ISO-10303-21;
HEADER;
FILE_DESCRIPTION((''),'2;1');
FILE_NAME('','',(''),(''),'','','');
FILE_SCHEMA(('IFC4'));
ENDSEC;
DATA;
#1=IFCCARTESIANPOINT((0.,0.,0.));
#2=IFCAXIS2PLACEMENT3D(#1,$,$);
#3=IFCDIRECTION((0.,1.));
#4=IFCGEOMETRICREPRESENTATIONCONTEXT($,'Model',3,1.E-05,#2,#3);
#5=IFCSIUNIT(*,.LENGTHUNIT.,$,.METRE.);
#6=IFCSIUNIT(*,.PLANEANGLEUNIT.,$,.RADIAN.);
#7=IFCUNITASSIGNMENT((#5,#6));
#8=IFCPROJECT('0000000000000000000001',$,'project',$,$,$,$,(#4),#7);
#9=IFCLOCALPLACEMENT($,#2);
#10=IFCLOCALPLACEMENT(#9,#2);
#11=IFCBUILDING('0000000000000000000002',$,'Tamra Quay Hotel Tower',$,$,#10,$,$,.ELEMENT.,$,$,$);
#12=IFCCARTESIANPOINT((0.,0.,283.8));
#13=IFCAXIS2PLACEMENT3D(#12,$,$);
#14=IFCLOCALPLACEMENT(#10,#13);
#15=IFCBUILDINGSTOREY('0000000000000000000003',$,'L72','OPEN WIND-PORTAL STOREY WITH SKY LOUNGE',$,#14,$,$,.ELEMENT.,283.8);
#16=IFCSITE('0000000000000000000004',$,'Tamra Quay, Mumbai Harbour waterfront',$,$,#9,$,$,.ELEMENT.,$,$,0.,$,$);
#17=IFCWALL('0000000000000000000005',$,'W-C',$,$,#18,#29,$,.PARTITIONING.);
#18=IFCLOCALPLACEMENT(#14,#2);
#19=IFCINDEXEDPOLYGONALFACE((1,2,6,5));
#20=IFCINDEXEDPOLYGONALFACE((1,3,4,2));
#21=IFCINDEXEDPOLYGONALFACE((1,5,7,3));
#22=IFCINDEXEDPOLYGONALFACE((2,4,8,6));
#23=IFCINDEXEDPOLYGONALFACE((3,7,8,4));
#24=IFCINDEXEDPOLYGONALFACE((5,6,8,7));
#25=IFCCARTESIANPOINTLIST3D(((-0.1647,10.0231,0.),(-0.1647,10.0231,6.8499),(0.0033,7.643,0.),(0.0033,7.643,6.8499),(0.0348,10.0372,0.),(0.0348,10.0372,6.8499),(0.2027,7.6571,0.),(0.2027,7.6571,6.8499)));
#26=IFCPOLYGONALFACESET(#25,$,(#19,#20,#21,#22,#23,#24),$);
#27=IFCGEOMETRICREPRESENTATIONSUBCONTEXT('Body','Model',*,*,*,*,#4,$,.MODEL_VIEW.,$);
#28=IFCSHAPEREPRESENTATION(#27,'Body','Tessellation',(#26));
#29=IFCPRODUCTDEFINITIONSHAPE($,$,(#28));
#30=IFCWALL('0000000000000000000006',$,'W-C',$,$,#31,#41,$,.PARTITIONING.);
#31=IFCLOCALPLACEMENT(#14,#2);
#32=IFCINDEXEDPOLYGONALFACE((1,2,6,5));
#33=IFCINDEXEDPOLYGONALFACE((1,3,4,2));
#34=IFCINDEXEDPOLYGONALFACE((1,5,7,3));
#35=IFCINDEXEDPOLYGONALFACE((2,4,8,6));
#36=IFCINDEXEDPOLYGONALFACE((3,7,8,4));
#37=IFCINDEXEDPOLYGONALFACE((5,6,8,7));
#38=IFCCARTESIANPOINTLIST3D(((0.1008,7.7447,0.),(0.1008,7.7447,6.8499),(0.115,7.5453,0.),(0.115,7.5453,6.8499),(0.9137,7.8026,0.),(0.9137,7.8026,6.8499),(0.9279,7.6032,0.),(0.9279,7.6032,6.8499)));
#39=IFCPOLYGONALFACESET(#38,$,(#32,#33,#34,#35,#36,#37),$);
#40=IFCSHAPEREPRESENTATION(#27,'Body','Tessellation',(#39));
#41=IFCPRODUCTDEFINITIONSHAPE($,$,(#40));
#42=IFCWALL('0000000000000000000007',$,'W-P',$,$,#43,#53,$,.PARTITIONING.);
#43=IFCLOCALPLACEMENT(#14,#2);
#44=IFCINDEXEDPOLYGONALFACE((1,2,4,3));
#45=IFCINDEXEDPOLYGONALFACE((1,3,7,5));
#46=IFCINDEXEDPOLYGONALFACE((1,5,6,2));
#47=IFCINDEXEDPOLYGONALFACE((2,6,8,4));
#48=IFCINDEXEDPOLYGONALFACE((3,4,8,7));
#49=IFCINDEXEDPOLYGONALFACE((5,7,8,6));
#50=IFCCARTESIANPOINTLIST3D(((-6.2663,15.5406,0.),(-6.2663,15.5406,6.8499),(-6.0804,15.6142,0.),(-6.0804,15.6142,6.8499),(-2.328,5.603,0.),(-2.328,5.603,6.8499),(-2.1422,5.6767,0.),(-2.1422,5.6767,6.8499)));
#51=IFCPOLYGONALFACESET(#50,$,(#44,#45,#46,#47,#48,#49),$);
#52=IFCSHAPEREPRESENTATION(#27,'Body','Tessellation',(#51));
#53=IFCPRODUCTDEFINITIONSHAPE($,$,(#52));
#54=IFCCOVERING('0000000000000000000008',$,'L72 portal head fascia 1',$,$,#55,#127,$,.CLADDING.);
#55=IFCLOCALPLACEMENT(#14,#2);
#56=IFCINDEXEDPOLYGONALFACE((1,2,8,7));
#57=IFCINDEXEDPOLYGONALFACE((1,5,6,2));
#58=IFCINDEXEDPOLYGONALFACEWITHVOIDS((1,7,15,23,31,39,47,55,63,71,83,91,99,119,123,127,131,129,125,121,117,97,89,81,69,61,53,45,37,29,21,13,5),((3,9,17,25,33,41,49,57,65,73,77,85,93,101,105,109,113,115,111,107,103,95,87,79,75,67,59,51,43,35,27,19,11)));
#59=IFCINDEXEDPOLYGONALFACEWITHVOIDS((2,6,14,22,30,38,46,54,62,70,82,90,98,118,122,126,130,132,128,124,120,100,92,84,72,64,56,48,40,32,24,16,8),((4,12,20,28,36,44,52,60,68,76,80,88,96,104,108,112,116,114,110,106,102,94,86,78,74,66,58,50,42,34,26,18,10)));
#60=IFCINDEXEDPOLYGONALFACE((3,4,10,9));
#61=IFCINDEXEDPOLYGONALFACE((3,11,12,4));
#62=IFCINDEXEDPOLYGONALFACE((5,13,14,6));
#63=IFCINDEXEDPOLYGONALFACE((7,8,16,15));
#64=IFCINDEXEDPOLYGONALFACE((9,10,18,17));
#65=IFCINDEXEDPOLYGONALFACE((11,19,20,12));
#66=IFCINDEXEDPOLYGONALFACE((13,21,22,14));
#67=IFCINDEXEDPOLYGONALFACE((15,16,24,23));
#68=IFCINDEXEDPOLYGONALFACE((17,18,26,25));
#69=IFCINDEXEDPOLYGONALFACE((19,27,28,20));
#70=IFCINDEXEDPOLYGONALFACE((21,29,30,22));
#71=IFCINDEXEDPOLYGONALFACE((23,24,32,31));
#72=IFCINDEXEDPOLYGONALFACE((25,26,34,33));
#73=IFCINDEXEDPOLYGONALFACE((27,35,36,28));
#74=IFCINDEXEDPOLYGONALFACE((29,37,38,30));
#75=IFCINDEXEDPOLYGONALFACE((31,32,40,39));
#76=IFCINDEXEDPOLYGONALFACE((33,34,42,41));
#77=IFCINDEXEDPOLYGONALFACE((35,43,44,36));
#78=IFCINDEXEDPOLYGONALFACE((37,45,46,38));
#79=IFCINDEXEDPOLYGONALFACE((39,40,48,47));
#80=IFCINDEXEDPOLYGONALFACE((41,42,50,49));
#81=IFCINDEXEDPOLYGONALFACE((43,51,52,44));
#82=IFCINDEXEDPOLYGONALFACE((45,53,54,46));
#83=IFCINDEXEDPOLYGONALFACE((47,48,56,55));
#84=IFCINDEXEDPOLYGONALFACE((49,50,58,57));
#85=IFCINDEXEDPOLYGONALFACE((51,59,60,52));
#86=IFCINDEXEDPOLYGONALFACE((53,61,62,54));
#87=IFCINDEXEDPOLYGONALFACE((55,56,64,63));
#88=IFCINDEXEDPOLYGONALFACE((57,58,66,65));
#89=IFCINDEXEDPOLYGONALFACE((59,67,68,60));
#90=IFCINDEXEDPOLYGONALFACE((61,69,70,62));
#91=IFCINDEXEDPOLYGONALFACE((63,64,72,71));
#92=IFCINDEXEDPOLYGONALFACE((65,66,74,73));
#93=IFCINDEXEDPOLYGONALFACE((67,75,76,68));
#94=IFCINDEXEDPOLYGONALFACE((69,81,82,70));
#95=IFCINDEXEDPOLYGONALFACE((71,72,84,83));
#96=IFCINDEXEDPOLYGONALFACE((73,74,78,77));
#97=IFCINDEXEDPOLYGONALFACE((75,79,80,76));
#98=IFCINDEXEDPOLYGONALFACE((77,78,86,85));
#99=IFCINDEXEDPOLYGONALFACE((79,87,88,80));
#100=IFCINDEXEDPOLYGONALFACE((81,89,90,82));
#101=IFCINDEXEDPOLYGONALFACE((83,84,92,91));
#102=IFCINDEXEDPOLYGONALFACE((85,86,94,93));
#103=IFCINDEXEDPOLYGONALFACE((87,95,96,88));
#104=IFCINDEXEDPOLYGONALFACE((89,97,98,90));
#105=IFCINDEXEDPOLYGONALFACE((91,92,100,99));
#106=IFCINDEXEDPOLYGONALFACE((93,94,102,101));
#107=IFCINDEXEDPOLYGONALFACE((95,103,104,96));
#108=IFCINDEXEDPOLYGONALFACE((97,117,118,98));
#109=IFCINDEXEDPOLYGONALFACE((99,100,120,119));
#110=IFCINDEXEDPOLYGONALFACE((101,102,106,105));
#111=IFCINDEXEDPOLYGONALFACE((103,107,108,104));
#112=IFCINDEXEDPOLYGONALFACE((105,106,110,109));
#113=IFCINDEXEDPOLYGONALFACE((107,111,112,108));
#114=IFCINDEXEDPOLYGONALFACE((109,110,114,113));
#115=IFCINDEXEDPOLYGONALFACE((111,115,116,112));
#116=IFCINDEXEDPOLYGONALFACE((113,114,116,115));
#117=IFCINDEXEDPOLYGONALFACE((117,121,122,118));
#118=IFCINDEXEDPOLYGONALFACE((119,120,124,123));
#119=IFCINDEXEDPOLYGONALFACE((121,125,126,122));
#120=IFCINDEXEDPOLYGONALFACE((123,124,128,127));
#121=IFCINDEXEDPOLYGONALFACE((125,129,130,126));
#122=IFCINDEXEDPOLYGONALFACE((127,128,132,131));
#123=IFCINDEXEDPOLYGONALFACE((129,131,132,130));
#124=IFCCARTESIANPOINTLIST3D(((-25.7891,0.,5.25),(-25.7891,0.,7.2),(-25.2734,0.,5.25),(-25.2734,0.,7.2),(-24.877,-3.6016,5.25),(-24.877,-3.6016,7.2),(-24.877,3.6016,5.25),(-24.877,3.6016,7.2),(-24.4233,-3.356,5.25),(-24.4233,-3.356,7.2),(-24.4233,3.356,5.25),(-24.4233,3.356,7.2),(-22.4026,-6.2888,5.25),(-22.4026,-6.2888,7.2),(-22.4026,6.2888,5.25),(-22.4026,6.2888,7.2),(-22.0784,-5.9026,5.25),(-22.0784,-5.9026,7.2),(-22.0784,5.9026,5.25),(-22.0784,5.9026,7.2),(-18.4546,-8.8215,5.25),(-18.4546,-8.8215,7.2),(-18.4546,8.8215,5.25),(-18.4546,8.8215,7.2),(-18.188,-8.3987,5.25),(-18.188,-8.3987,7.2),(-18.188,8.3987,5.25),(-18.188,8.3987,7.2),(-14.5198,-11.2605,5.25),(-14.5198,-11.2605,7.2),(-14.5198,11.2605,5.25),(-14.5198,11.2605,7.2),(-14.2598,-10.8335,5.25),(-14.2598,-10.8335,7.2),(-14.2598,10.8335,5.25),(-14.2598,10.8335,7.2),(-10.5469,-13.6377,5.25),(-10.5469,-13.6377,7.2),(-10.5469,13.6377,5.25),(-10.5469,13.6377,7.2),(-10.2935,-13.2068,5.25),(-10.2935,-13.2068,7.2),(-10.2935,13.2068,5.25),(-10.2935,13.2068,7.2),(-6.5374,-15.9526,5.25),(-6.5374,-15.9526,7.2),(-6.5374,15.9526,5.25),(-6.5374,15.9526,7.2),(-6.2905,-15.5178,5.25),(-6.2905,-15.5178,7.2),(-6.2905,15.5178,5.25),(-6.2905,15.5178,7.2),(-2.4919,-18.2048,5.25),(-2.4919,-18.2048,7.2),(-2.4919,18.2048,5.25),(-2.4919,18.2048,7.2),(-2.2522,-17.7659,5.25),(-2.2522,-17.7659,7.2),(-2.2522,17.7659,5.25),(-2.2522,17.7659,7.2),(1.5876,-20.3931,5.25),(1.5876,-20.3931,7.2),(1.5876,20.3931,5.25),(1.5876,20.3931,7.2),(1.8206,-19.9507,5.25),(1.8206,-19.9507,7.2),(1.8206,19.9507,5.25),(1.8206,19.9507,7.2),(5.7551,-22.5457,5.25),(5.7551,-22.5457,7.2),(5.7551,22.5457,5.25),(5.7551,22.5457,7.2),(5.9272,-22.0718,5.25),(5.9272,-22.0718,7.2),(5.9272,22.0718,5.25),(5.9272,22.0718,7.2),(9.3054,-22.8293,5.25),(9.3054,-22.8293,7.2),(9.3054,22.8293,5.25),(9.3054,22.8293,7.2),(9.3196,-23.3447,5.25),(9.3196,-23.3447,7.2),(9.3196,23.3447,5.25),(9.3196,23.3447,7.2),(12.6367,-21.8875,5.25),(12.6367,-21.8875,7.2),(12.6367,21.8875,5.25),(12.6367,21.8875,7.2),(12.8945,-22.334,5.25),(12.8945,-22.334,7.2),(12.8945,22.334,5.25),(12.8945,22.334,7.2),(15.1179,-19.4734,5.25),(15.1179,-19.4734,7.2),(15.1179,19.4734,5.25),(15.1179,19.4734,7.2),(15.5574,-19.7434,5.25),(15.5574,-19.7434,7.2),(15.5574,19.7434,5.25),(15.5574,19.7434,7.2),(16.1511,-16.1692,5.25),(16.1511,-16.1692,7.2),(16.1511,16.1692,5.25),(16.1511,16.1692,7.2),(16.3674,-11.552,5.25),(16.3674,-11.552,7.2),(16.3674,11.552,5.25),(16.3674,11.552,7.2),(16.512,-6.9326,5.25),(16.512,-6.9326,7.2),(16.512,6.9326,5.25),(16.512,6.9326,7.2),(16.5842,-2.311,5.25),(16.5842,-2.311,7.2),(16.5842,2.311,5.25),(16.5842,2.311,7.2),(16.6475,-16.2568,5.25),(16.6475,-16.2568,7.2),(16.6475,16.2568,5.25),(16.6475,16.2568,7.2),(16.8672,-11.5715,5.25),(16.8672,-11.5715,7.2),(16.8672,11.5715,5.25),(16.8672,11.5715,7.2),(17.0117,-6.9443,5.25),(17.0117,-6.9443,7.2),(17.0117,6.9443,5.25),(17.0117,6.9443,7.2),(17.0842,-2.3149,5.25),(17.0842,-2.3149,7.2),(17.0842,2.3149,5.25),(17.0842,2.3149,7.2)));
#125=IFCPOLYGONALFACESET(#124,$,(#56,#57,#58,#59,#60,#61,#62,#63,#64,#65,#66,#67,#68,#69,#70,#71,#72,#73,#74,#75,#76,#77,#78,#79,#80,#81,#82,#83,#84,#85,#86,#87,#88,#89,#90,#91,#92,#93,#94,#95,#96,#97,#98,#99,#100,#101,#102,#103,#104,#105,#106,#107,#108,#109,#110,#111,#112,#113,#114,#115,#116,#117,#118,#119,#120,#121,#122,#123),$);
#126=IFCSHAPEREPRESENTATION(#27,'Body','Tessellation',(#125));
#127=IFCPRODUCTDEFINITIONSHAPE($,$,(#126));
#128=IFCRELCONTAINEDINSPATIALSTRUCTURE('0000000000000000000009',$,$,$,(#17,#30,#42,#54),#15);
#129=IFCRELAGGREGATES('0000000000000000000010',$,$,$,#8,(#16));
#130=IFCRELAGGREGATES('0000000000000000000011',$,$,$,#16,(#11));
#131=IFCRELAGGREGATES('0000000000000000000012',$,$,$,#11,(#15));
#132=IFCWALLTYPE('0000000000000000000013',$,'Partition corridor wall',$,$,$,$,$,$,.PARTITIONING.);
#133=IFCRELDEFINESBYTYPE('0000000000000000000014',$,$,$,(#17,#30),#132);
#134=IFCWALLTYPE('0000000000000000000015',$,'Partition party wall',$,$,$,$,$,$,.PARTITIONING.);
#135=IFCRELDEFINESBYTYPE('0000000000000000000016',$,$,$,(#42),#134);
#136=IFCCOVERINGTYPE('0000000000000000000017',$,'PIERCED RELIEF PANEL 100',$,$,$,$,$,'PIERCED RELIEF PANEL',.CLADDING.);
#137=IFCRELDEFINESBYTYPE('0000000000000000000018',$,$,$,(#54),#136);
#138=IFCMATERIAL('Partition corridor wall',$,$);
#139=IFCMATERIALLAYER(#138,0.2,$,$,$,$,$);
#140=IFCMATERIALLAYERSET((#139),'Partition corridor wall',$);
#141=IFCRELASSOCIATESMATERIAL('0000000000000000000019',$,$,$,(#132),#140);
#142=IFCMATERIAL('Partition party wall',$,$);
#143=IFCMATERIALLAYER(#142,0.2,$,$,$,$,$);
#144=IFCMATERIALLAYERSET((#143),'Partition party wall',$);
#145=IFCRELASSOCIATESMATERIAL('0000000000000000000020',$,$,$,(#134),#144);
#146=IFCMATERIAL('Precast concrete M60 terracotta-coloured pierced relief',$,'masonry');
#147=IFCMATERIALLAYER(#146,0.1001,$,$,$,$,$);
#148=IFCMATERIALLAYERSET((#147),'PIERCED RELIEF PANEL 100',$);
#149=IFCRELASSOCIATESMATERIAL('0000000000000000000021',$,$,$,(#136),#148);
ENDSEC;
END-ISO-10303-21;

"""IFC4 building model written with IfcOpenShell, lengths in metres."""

from ifc_helpers import new_model, si_unit, direction, frame, frame_2d, origin, place, context, subcontext, project, spatial, polyline, rectangle, outline, extrude, material, layer, layer_set, type_object, element, save


model = new_model("IFC4")

# Units and contexts
model_context = context("Model", 3, precision=1e-05, world=origin(), true_north=direction((0.0, 1.0)))
body_context = subcontext(model_context, "Body", "Model", "MODEL_VIEW")
ifc_project = project(units=[si_unit("LENGTHUNIT", "METRE"), si_unit("PLANEANGLEUNIT", "RADIAN")], contexts=[model_context])

# Site, building, storey
site_placement = place(None, origin())
site = spatial("IfcSite", under=ifc_project, at=site_placement, Name="Tamra Quay, Mumbai Harbour waterfront", CompositionType="ELEMENT", RefElevation=0.0)
building_placement = place(site_placement, origin())
building = spatial("IfcBuilding", under=site, at=building_placement, Name="Tamra Quay Hotel Tower", CompositionType="ELEMENT")
storey_placement = place(building_placement, frame((0.0, 0.0, 283.8)))
storey = spatial("IfcBuildingStorey", under=building, at=storey_placement, Name="L72", Description="OPEN WIND-PORTAL STOREY WITH SKY LOUNGE", CompositionType="ELEMENT", Elevation=283.8)

# Shared definitions
ifc_material_1 = material(Name="Partition corridor wall")
ifc_layer_1 = layer(ifc_material_1, 0.2)
ifc_layer_set_1 = layer_set([ifc_layer_1], Name="Partition corridor wall")
wall_type_1 = type_object("IfcWallType", Name="Partition corridor wall", PredefinedType="PARTITIONING", material=ifc_layer_set_1)

# Walls
wall_1_placement = place(storey_placement, frame((-0.0649, 10.03, 0.0), z_axis=(0.0, 0.0, 1.0), x_axis=(0.070396, -0.997519, 0.0)))
element("IfcWall", 1, at=wall_1_placement, inside=storey, type_object=wall_type_1, Name="W-C", PredefinedType="PARTITIONING", context=body_context, shape_type="SweptSolid", body=[
    extrude(rectangle(XDim=2.386, YDim=0.2, at=frame_2d((1.1929, 0.0))), origin(), (0.0, 0.0, 1.0), 6.8499),
])
wall_2_placement = place(storey_placement, frame((0.1079, 7.645, 0.0), z_axis=(0.0, 0.0, 1.0), x_axis=(0.997477, 0.070992, 0.0)))
element("IfcWall", 2, at=wall_2_placement, inside=storey, type_object=wall_type_1, Name="W-C", PredefinedType="PARTITIONING", context=body_context, shape_type="SweptSolid", body=[
    extrude(rectangle(XDim=0.8149, YDim=0.2, at=frame_2d((0.4075, 0.0))), origin(), (0.0, 0.0, 1.0), 6.8499),
])
ifc_material_2 = material(Name="Partition party wall")
ifc_layer_2 = layer(ifc_material_2, 0.2)
ifc_layer_set_2 = layer_set([ifc_layer_2], Name="Partition party wall")
wall_type_2 = type_object("IfcWallType", Name="Partition party wall", PredefinedType="PARTITIONING", material=ifc_layer_set_2)
wall_3_placement = place(storey_placement, frame((-6.1733, 15.5774, 0.0), z_axis=(0.0, 0.0, 1.0), x_axis=(0.368424, -0.929658, 0.0)))
element("IfcWall", 3, at=wall_3_placement, inside=storey, type_object=wall_type_2, Name="W-P", PredefinedType="PARTITIONING", context=body_context, shape_type="SweptSolid", body=[
    extrude(rectangle(XDim=10.6895, YDim=0.2, at=frame_2d((5.3447, 0.0))), origin(), (0.0, 0.0, 1.0), 6.8499),
])

# Covering
ifc_material_3 = material(Name="Precast concrete M60 terracotta-coloured pierced relief", Category="masonry")
ifc_layer_3 = layer(ifc_material_3, 0.1001)
ifc_layer_set_3 = layer_set([ifc_layer_3], Name="PIERCED RELIEF PANEL 100")
covering_type_1 = type_object("IfcCoveringType", Name="PIERCED RELIEF PANEL 100", ElementType="PIERCED RELIEF PANEL", PredefinedType="CLADDING", material=ifc_layer_set_3)
covering_1_placement = place(storey_placement, frame((0.0, 0.0, 5.25)))
element("IfcCovering", 4, at=covering_1_placement, inside=storey, type_object=covering_type_1, Name="L72 portal head fascia 1", PredefinedType="CLADDING", context=body_context, shape_type="SweptSolid", body=[
    extrude(outline(polyline([(16.6475, -16.2568), (15.5574, -19.7434), (12.8945, -22.334), (9.3196, -23.3447), (5.7551, -22.5457), (1.5876, -20.3931), (-2.4919, -18.2048), (-6.5374, -15.9526), (-10.5469, -13.6377), (-14.5198, -11.2605), (-18.4546, -8.8215), (-22.4026, -6.2888), (-24.877, -3.6016), (-25.7891, 0.0), (-24.877, 3.6016), (-22.4026, 6.2888), (-18.4546, 8.8215), (-14.5198, 11.2605), (-10.5469, 13.6377), (-6.5374, 15.9526), (-2.4919, 18.2048), (1.5876, 20.3931), (5.7551, 22.5457), (9.3196, 23.3447), (12.8945, 22.334), (15.5574, 19.7434), (16.6475, 16.2568), (16.8672, 11.5715), (17.0117, 6.9443), (17.0842, 2.3149), (17.0842, -2.3149), (17.0117, -6.9443), (16.8672, -11.5715), (16.6475, -16.2568)]), holes=[polyline([(16.1511, -16.1692), (16.3674, -11.552), (16.512, -6.9326), (16.5842, -2.311), (16.5842, 2.311), (16.512, 6.9326), (16.3674, 11.552), (16.1511, 16.1692), (15.1179, 19.4734), (12.6367, 21.8875), (9.3054, 22.8293), (5.9272, 22.0718), (1.8206, 19.9507), (-2.2522, 17.7659), (-6.2905, 15.5178), (-10.2935, 13.2068), (-14.2598, 10.8335), (-18.188, 8.3987), (-22.0784, 5.9026), (-24.4233, 3.356), (-25.2734, 0.0), (-24.4233, -3.356), (-22.0784, -5.9026), (-18.188, -8.3987), (-14.2598, -10.8335), (-10.2935, -13.2068), (-6.2905, -15.5178), (-2.2522, -17.7659), (1.8206, -19.9507), (5.9272, -22.0718), (9.3054, -22.8293), (12.6367, -21.8875), (15.1179, -19.4734), (16.1511, -16.1692)])]), origin(), (0.0, 0.0, 1.0), 1.95),
])

save(model, "model.ifc")
